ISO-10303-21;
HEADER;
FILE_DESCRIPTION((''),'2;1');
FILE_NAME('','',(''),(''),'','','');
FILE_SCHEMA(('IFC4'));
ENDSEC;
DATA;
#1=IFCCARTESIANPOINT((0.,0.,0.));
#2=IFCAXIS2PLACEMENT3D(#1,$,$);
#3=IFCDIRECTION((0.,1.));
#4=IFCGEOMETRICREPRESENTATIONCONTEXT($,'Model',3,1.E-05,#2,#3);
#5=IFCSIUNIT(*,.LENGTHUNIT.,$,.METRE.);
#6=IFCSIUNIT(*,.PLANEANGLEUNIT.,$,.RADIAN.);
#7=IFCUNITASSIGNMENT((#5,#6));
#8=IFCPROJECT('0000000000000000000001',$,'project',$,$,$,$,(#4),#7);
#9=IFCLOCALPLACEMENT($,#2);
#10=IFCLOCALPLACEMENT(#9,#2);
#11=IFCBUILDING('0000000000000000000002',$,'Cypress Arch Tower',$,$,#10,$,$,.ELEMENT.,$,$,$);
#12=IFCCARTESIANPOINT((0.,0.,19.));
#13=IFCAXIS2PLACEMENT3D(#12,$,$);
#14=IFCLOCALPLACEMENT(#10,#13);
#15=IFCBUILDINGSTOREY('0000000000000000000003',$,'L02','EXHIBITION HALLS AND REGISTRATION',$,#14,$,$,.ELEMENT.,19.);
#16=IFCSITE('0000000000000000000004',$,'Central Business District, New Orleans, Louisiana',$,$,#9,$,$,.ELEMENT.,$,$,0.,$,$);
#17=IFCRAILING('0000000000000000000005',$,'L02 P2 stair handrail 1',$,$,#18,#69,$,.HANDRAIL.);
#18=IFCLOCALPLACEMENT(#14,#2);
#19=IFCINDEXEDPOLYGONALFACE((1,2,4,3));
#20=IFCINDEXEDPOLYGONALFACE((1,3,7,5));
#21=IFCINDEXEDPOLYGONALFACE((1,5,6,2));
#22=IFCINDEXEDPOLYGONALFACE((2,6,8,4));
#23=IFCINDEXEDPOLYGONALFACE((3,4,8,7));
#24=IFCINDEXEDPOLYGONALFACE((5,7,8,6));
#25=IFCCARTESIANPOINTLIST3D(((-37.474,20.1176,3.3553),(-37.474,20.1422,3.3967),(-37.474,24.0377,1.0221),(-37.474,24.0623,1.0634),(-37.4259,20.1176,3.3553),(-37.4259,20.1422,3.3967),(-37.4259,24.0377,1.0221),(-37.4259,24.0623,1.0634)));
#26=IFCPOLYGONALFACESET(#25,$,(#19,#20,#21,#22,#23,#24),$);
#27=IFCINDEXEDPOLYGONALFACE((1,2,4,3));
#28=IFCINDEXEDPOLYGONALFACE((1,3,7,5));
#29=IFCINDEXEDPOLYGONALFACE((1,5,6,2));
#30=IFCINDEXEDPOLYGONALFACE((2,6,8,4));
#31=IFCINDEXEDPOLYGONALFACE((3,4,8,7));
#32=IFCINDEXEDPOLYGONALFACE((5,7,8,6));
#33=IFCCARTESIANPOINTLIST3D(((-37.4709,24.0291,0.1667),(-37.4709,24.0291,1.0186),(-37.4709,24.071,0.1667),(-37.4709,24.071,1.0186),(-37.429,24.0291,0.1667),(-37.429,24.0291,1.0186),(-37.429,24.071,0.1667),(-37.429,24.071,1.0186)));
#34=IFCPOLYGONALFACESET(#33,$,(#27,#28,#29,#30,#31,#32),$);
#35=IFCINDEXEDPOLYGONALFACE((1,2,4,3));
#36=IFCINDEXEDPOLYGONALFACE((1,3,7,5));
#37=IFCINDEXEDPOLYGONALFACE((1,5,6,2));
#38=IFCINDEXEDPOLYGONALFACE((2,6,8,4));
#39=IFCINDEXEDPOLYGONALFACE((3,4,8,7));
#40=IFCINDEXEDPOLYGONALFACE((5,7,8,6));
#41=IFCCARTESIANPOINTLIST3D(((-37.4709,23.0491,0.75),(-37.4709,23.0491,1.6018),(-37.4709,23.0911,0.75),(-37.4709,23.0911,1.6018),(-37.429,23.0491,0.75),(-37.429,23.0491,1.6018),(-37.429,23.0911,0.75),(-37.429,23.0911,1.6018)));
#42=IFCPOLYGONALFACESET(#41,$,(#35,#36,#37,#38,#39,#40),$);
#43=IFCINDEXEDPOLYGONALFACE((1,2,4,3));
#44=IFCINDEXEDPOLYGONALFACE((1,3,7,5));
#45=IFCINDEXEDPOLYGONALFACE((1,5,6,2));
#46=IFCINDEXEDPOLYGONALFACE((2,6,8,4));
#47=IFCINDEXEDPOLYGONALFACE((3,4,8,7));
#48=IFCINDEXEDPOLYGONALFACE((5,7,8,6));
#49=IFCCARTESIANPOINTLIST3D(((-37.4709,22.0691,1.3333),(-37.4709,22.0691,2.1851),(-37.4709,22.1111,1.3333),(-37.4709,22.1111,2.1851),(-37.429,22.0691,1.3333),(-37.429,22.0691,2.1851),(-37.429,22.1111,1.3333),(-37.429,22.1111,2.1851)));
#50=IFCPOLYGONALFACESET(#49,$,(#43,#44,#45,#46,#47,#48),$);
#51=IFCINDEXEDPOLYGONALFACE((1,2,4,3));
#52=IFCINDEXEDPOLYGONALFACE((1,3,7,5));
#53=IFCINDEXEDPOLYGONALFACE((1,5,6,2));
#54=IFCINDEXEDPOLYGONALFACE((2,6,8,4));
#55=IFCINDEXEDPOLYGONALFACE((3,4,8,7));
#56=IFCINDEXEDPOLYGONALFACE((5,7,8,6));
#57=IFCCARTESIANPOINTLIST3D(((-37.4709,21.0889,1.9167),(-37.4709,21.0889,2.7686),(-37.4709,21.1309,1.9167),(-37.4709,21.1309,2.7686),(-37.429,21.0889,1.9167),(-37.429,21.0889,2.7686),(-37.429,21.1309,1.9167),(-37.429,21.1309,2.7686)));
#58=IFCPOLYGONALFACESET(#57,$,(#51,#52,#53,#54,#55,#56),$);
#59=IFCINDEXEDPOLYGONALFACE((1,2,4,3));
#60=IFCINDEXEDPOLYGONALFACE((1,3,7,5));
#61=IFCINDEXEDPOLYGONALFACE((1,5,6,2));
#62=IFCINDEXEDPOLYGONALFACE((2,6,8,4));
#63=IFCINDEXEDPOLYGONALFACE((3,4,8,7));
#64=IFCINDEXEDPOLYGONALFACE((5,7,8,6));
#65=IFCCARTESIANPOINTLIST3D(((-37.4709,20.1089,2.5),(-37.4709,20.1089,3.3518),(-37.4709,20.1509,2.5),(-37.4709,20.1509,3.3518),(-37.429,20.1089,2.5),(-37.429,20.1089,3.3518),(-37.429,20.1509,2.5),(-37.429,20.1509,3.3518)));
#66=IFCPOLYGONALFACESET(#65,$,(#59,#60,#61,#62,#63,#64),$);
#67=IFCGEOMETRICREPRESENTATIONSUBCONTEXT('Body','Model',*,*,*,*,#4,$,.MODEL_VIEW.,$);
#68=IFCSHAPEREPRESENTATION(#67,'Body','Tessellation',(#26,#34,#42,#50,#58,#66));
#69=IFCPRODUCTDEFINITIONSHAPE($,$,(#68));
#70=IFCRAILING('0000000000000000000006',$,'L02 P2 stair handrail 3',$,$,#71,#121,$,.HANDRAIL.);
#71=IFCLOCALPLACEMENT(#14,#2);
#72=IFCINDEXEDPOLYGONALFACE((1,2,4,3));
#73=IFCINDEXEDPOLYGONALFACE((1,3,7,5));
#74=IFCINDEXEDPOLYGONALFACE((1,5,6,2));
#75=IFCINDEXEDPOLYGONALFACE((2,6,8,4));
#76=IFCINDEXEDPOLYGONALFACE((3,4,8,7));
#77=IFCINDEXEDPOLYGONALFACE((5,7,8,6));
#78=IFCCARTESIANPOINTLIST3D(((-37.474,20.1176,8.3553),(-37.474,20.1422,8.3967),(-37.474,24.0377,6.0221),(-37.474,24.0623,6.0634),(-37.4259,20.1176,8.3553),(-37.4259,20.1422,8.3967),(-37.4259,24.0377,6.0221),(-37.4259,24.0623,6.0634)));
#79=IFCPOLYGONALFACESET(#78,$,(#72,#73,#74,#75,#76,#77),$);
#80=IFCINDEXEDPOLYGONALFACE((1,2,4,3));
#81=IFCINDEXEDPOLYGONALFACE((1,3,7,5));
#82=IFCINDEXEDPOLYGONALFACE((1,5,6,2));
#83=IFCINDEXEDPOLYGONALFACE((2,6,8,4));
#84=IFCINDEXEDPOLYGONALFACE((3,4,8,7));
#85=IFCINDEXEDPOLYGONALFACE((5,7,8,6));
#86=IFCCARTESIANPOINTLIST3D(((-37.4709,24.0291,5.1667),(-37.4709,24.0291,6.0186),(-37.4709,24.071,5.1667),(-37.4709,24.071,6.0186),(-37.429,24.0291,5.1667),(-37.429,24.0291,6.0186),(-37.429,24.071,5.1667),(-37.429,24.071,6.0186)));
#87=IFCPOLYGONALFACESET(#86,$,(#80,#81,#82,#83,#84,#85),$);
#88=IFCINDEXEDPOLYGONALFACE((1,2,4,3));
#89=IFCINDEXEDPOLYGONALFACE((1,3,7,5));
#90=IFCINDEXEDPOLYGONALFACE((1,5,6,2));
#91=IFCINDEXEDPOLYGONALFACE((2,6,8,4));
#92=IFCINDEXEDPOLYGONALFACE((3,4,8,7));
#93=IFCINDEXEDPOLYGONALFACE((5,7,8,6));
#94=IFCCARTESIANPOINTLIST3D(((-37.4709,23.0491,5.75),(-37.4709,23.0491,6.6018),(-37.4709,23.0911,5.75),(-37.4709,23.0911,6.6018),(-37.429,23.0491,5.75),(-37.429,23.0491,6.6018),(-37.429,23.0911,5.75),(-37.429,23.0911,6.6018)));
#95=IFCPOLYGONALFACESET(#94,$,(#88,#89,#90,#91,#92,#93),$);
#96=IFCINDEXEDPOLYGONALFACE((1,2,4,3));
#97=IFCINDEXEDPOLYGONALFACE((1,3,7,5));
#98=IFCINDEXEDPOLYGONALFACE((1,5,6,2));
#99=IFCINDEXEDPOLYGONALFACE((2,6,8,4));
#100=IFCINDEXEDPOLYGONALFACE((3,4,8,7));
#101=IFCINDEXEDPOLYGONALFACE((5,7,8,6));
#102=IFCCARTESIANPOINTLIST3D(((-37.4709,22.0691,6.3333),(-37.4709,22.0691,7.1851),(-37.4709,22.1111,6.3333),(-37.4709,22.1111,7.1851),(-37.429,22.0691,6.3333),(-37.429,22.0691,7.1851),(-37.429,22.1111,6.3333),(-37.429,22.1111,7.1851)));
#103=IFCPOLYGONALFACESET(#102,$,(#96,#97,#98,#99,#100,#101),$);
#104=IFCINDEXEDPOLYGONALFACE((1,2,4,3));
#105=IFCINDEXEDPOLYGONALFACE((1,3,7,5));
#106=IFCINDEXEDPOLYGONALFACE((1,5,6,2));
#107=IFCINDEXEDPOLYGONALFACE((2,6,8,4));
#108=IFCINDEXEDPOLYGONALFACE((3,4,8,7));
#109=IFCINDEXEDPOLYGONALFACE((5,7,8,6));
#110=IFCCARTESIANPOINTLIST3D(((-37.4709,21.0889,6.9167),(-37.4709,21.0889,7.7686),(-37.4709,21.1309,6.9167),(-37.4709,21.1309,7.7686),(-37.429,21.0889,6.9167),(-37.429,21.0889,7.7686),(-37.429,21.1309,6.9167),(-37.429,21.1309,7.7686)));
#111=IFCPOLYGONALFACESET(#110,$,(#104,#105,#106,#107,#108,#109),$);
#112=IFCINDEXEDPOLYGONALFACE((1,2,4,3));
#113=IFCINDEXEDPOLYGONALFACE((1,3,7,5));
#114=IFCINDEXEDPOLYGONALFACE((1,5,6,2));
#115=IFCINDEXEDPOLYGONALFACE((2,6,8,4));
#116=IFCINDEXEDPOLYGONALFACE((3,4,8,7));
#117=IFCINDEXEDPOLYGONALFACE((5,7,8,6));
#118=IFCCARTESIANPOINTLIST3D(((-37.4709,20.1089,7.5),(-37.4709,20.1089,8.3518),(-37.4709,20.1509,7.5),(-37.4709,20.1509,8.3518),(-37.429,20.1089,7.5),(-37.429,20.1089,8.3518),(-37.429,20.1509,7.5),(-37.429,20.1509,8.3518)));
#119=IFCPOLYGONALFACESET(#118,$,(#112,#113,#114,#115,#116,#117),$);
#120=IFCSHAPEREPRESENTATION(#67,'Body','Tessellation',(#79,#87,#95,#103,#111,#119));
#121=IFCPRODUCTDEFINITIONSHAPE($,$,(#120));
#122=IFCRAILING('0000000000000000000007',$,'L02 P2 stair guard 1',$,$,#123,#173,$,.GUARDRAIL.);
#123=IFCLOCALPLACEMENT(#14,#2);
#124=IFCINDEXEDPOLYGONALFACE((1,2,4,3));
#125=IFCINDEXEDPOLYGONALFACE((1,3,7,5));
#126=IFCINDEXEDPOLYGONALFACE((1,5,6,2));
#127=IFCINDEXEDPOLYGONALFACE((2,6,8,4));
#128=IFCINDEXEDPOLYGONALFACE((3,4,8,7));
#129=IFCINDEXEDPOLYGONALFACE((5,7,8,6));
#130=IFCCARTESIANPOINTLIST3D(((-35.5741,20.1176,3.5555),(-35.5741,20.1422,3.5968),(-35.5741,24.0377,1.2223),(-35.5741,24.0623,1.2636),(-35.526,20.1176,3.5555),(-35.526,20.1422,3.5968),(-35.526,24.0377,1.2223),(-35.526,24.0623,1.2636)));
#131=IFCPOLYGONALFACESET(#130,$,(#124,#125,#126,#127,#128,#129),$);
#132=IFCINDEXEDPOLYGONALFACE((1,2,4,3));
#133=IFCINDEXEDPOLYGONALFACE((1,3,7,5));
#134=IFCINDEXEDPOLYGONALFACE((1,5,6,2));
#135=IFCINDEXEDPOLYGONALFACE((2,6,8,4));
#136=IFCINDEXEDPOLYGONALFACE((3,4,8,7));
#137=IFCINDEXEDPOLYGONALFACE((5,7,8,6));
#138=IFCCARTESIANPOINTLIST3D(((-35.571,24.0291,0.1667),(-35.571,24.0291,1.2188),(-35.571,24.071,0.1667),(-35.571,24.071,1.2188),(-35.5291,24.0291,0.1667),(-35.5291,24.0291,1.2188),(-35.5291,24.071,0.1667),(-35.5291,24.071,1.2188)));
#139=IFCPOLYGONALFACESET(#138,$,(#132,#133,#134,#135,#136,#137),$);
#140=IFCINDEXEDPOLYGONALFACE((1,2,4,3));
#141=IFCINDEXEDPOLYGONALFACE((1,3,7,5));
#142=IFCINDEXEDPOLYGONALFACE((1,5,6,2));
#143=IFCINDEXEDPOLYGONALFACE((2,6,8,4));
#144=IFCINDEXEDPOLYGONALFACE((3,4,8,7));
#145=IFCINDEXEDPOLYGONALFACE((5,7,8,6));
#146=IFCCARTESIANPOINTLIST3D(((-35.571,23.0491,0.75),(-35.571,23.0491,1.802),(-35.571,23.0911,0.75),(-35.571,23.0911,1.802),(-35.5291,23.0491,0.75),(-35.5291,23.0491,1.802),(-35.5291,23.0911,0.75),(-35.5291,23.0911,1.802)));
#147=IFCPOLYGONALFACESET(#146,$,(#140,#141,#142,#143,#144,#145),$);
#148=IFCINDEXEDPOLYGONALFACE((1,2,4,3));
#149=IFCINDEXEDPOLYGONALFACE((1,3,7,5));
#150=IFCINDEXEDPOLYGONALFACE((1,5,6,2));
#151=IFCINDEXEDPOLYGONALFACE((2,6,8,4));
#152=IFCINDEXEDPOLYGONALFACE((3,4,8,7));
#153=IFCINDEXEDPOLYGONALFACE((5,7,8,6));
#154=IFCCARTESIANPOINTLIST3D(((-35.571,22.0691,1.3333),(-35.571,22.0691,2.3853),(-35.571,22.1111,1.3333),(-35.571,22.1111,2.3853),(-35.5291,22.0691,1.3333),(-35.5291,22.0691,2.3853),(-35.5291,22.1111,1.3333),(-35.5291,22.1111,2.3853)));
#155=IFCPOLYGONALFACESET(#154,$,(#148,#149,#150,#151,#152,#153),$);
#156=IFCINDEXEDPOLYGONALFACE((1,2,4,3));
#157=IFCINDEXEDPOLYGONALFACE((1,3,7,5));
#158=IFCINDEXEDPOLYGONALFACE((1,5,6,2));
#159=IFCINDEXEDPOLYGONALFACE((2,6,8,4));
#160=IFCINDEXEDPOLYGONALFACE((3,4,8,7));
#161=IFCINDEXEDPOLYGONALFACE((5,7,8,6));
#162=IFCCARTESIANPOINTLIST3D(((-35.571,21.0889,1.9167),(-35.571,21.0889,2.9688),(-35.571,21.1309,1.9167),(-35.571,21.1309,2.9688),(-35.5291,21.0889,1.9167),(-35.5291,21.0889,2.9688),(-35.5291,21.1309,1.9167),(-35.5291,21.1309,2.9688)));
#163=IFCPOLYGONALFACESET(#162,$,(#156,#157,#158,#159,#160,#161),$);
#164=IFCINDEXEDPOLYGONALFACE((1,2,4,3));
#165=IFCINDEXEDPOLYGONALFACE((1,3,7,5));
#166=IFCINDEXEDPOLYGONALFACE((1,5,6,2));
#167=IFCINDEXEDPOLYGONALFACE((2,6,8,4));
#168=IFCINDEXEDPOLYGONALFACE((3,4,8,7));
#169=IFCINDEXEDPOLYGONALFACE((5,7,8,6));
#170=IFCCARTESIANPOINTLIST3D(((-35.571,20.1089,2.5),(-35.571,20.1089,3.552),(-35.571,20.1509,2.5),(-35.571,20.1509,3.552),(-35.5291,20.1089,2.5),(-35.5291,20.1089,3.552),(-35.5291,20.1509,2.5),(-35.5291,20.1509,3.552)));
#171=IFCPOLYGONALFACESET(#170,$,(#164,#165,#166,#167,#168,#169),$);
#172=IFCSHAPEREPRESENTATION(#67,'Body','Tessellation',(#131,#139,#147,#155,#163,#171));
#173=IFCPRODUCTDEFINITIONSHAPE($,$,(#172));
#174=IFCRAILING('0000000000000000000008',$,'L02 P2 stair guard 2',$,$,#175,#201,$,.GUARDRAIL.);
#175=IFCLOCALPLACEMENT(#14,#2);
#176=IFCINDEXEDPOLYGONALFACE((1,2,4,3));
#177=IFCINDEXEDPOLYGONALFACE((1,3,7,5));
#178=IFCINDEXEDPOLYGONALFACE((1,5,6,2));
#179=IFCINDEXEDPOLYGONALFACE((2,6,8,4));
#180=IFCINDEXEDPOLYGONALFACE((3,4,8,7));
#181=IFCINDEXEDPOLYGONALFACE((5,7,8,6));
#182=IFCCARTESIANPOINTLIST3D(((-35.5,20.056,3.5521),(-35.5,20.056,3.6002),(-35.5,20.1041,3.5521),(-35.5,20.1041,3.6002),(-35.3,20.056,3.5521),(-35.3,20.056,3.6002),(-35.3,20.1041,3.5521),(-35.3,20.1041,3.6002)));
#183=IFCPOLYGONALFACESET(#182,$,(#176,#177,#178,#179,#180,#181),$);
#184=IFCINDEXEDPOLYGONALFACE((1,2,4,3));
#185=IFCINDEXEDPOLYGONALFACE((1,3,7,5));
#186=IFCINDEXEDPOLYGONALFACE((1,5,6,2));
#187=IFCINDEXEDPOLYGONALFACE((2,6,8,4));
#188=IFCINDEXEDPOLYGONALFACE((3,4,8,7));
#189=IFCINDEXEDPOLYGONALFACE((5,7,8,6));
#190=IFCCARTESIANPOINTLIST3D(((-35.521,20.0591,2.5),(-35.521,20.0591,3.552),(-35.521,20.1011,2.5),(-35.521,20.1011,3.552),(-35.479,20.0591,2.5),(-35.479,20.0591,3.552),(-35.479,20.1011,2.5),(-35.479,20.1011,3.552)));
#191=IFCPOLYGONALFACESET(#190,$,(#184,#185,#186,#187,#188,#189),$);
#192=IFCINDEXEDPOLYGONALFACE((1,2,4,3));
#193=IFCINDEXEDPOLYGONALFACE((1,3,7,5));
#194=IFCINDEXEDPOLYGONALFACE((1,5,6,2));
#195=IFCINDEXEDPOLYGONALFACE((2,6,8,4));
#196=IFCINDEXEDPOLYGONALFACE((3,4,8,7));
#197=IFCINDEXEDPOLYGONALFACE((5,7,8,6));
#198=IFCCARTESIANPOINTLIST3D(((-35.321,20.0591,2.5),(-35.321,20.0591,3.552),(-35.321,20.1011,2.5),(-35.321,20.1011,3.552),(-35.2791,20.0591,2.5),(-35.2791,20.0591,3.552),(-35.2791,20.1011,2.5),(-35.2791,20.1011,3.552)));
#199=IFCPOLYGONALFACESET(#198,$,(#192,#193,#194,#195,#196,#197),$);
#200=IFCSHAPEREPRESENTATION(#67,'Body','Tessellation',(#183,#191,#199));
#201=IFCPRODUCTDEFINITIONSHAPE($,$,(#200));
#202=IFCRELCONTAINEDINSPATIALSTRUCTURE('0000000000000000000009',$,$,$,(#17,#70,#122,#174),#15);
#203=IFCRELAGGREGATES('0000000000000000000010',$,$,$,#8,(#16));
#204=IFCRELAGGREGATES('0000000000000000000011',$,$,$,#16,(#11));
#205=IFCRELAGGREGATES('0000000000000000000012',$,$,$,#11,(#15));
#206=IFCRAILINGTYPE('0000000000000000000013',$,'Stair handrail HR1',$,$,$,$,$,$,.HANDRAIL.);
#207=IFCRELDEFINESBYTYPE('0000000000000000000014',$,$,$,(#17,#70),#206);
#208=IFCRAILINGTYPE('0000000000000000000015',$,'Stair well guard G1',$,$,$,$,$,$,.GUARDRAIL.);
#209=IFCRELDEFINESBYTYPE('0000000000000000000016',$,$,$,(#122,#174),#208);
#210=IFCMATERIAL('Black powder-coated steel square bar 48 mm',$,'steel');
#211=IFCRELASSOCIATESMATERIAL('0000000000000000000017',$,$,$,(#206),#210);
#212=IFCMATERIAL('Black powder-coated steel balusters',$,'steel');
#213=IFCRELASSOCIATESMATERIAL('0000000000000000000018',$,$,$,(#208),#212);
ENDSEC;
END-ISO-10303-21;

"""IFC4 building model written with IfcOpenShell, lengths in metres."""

from ifc_helpers import new_model, si_unit, direction, frame, origin, origin_2d, place, context, subcontext, project, spatial, rectangle, extrude, material, type_object, element, save


model = new_model("IFC4")

# Units and contexts
model_context = context("Model", 3, precision=1e-05, world=origin(), true_north=direction((0.0, 1.0)))
body_context = subcontext(model_context, "Body", "Model", "MODEL_VIEW")
ifc_project = project(units=[si_unit("LENGTHUNIT", "METRE"), si_unit("PLANEANGLEUNIT", "RADIAN")], contexts=[model_context])

# Site, building, storey
site_placement = place(None, origin())
site = spatial("IfcSite", under=ifc_project, at=site_placement, Name="Central Business District, New Orleans, Louisiana", CompositionType="ELEMENT", RefElevation=0.0)
building_placement = place(site_placement, origin())
building = spatial("IfcBuilding", under=site, at=building_placement, Name="Cypress Arch Tower", CompositionType="ELEMENT")
storey_placement = place(building_placement, frame((0.0, 0.0, 19.0)))
storey = spatial("IfcBuildingStorey", under=building, at=storey_placement, Name="L02", Description="EXHIBITION HALLS AND REGISTRATION", CompositionType="ELEMENT", Elevation=19.0)

# Railings
ifc_material_1 = material(Name="Black powder-coated steel square bar 48 mm", Category="steel")
railing_type_1 = type_object("IfcRailingType", Name="Stair handrail HR1", PredefinedType="HANDRAIL", material=ifc_material_1)
for number, where, name in (
    (1, (-37.45, 24.05, 0.1667), "L02 P2 stair handrail 1"),
    (2, (-37.45, 24.05, 5.1667), "L02 P2 stair handrail 3"),
):
    element("IfcRailing", number, at=place(storey_placement, frame(where)), inside=storey, type_object=railing_type_1, Name=name, PredefinedType="HANDRAIL", context=body_context, shape_type="SweptSolid", body=[
        extrude(rectangle(XDim=0.0481, YDim=0.0481, at=origin_2d()), frame((0.0, 0.0, 0.876), z_axis=(0.0, -0.85931, 0.511455), x_axis=(1.0, 0.0, 0.0)), (0.0, 0.0, 1.0), 4.562),
        extrude(rectangle(XDim=0.042, YDim=0.042, at=origin_2d()), origin(), (0.0, 0.0, 1.0), 0.8518),
        extrude(rectangle(XDim=0.042, YDim=0.042, at=origin_2d()), frame((0.0, -0.98, 0.5833)), (0.0, 0.0, 1.0), 0.8518),
        extrude(rectangle(XDim=0.042, YDim=0.042, at=origin_2d()), frame((0.0, -1.96, 1.1665)), (0.0, 0.0, 1.0), 0.8518),
        extrude(rectangle(XDim=0.042, YDim=0.042, at=origin_2d()), frame((0.0, -2.9402, 1.75)), (0.0, 0.0, 1.0), 0.8518),
        extrude(rectangle(XDim=0.042, YDim=0.042, at=origin_2d()), frame((0.0, -3.9202, 2.3333)), (0.0, 0.0, 1.0), 0.8518),
    ])
ifc_material_2 = material(Name="Black powder-coated steel balusters", Category="steel")
railing_type_2 = type_object("IfcRailingType", Name="Stair well guard G1", PredefinedType="GUARDRAIL", material=ifc_material_2)
railing_1_placement = place(storey_placement, frame((-35.55, 24.05, 0.1667)))
element("IfcRailing", 3, at=railing_1_placement, inside=storey, type_object=railing_type_2, Name="L02 P2 stair guard 1", PredefinedType="GUARDRAIL", context=body_context, shape_type="SweptSolid", body=[
    extrude(rectangle(XDim=0.0481, YDim=0.0481, at=origin_2d()), frame((0.0, 0.0, 1.0762), z_axis=(0.0, -0.85931, 0.511455), x_axis=(1.0, 0.0, 0.0)), (0.0, 0.0, 1.0), 4.562),
    extrude(rectangle(XDim=0.042, YDim=0.042, at=origin_2d()), origin(), (0.0, 0.0, 1.0), 1.052),
    extrude(rectangle(XDim=0.042, YDim=0.042, at=origin_2d()), frame((0.0, -0.98, 0.5833)), (0.0, 0.0, 1.0), 1.052),
    extrude(rectangle(XDim=0.042, YDim=0.042, at=origin_2d()), frame((0.0, -1.96, 1.1665)), (0.0, 0.0, 1.0), 1.052),
    extrude(rectangle(XDim=0.042, YDim=0.042, at=origin_2d()), frame((0.0, -2.9402, 1.75)), (0.0, 0.0, 1.0), 1.052),
    extrude(rectangle(XDim=0.042, YDim=0.042, at=origin_2d()), frame((0.0, -3.9202, 2.3333)), (0.0, 0.0, 1.0), 1.052),
])
railing_2_placement = place(storey_placement, frame((-35.5, 20.0801, 2.5)))
element("IfcRailing", 4, at=railing_2_placement, inside=storey, type_object=railing_type_2, Name="L02 P2 stair guard 2", PredefinedType="GUARDRAIL", context=body_context, shape_type="SweptSolid", body=[
    extrude(rectangle(XDim=0.0481, YDim=0.0481, at=origin_2d()), frame((0.0, 0.0, 1.0762), z_axis=(1.0, 0.0, 0.0), x_axis=(0.0, 1.0, 0.0)), (0.0, 0.0, 1.0), 0.2),
    extrude(rectangle(XDim=0.042, YDim=0.042, at=origin_2d()), origin(), (0.0, 0.0, 1.0), 1.052),
    extrude(rectangle(XDim=0.042, YDim=0.042, at=origin_2d()), frame((0.2, 0.0, 0.0)), (0.0, 0.0, 1.0), 1.052),
])

save(model, "model.ifc")
